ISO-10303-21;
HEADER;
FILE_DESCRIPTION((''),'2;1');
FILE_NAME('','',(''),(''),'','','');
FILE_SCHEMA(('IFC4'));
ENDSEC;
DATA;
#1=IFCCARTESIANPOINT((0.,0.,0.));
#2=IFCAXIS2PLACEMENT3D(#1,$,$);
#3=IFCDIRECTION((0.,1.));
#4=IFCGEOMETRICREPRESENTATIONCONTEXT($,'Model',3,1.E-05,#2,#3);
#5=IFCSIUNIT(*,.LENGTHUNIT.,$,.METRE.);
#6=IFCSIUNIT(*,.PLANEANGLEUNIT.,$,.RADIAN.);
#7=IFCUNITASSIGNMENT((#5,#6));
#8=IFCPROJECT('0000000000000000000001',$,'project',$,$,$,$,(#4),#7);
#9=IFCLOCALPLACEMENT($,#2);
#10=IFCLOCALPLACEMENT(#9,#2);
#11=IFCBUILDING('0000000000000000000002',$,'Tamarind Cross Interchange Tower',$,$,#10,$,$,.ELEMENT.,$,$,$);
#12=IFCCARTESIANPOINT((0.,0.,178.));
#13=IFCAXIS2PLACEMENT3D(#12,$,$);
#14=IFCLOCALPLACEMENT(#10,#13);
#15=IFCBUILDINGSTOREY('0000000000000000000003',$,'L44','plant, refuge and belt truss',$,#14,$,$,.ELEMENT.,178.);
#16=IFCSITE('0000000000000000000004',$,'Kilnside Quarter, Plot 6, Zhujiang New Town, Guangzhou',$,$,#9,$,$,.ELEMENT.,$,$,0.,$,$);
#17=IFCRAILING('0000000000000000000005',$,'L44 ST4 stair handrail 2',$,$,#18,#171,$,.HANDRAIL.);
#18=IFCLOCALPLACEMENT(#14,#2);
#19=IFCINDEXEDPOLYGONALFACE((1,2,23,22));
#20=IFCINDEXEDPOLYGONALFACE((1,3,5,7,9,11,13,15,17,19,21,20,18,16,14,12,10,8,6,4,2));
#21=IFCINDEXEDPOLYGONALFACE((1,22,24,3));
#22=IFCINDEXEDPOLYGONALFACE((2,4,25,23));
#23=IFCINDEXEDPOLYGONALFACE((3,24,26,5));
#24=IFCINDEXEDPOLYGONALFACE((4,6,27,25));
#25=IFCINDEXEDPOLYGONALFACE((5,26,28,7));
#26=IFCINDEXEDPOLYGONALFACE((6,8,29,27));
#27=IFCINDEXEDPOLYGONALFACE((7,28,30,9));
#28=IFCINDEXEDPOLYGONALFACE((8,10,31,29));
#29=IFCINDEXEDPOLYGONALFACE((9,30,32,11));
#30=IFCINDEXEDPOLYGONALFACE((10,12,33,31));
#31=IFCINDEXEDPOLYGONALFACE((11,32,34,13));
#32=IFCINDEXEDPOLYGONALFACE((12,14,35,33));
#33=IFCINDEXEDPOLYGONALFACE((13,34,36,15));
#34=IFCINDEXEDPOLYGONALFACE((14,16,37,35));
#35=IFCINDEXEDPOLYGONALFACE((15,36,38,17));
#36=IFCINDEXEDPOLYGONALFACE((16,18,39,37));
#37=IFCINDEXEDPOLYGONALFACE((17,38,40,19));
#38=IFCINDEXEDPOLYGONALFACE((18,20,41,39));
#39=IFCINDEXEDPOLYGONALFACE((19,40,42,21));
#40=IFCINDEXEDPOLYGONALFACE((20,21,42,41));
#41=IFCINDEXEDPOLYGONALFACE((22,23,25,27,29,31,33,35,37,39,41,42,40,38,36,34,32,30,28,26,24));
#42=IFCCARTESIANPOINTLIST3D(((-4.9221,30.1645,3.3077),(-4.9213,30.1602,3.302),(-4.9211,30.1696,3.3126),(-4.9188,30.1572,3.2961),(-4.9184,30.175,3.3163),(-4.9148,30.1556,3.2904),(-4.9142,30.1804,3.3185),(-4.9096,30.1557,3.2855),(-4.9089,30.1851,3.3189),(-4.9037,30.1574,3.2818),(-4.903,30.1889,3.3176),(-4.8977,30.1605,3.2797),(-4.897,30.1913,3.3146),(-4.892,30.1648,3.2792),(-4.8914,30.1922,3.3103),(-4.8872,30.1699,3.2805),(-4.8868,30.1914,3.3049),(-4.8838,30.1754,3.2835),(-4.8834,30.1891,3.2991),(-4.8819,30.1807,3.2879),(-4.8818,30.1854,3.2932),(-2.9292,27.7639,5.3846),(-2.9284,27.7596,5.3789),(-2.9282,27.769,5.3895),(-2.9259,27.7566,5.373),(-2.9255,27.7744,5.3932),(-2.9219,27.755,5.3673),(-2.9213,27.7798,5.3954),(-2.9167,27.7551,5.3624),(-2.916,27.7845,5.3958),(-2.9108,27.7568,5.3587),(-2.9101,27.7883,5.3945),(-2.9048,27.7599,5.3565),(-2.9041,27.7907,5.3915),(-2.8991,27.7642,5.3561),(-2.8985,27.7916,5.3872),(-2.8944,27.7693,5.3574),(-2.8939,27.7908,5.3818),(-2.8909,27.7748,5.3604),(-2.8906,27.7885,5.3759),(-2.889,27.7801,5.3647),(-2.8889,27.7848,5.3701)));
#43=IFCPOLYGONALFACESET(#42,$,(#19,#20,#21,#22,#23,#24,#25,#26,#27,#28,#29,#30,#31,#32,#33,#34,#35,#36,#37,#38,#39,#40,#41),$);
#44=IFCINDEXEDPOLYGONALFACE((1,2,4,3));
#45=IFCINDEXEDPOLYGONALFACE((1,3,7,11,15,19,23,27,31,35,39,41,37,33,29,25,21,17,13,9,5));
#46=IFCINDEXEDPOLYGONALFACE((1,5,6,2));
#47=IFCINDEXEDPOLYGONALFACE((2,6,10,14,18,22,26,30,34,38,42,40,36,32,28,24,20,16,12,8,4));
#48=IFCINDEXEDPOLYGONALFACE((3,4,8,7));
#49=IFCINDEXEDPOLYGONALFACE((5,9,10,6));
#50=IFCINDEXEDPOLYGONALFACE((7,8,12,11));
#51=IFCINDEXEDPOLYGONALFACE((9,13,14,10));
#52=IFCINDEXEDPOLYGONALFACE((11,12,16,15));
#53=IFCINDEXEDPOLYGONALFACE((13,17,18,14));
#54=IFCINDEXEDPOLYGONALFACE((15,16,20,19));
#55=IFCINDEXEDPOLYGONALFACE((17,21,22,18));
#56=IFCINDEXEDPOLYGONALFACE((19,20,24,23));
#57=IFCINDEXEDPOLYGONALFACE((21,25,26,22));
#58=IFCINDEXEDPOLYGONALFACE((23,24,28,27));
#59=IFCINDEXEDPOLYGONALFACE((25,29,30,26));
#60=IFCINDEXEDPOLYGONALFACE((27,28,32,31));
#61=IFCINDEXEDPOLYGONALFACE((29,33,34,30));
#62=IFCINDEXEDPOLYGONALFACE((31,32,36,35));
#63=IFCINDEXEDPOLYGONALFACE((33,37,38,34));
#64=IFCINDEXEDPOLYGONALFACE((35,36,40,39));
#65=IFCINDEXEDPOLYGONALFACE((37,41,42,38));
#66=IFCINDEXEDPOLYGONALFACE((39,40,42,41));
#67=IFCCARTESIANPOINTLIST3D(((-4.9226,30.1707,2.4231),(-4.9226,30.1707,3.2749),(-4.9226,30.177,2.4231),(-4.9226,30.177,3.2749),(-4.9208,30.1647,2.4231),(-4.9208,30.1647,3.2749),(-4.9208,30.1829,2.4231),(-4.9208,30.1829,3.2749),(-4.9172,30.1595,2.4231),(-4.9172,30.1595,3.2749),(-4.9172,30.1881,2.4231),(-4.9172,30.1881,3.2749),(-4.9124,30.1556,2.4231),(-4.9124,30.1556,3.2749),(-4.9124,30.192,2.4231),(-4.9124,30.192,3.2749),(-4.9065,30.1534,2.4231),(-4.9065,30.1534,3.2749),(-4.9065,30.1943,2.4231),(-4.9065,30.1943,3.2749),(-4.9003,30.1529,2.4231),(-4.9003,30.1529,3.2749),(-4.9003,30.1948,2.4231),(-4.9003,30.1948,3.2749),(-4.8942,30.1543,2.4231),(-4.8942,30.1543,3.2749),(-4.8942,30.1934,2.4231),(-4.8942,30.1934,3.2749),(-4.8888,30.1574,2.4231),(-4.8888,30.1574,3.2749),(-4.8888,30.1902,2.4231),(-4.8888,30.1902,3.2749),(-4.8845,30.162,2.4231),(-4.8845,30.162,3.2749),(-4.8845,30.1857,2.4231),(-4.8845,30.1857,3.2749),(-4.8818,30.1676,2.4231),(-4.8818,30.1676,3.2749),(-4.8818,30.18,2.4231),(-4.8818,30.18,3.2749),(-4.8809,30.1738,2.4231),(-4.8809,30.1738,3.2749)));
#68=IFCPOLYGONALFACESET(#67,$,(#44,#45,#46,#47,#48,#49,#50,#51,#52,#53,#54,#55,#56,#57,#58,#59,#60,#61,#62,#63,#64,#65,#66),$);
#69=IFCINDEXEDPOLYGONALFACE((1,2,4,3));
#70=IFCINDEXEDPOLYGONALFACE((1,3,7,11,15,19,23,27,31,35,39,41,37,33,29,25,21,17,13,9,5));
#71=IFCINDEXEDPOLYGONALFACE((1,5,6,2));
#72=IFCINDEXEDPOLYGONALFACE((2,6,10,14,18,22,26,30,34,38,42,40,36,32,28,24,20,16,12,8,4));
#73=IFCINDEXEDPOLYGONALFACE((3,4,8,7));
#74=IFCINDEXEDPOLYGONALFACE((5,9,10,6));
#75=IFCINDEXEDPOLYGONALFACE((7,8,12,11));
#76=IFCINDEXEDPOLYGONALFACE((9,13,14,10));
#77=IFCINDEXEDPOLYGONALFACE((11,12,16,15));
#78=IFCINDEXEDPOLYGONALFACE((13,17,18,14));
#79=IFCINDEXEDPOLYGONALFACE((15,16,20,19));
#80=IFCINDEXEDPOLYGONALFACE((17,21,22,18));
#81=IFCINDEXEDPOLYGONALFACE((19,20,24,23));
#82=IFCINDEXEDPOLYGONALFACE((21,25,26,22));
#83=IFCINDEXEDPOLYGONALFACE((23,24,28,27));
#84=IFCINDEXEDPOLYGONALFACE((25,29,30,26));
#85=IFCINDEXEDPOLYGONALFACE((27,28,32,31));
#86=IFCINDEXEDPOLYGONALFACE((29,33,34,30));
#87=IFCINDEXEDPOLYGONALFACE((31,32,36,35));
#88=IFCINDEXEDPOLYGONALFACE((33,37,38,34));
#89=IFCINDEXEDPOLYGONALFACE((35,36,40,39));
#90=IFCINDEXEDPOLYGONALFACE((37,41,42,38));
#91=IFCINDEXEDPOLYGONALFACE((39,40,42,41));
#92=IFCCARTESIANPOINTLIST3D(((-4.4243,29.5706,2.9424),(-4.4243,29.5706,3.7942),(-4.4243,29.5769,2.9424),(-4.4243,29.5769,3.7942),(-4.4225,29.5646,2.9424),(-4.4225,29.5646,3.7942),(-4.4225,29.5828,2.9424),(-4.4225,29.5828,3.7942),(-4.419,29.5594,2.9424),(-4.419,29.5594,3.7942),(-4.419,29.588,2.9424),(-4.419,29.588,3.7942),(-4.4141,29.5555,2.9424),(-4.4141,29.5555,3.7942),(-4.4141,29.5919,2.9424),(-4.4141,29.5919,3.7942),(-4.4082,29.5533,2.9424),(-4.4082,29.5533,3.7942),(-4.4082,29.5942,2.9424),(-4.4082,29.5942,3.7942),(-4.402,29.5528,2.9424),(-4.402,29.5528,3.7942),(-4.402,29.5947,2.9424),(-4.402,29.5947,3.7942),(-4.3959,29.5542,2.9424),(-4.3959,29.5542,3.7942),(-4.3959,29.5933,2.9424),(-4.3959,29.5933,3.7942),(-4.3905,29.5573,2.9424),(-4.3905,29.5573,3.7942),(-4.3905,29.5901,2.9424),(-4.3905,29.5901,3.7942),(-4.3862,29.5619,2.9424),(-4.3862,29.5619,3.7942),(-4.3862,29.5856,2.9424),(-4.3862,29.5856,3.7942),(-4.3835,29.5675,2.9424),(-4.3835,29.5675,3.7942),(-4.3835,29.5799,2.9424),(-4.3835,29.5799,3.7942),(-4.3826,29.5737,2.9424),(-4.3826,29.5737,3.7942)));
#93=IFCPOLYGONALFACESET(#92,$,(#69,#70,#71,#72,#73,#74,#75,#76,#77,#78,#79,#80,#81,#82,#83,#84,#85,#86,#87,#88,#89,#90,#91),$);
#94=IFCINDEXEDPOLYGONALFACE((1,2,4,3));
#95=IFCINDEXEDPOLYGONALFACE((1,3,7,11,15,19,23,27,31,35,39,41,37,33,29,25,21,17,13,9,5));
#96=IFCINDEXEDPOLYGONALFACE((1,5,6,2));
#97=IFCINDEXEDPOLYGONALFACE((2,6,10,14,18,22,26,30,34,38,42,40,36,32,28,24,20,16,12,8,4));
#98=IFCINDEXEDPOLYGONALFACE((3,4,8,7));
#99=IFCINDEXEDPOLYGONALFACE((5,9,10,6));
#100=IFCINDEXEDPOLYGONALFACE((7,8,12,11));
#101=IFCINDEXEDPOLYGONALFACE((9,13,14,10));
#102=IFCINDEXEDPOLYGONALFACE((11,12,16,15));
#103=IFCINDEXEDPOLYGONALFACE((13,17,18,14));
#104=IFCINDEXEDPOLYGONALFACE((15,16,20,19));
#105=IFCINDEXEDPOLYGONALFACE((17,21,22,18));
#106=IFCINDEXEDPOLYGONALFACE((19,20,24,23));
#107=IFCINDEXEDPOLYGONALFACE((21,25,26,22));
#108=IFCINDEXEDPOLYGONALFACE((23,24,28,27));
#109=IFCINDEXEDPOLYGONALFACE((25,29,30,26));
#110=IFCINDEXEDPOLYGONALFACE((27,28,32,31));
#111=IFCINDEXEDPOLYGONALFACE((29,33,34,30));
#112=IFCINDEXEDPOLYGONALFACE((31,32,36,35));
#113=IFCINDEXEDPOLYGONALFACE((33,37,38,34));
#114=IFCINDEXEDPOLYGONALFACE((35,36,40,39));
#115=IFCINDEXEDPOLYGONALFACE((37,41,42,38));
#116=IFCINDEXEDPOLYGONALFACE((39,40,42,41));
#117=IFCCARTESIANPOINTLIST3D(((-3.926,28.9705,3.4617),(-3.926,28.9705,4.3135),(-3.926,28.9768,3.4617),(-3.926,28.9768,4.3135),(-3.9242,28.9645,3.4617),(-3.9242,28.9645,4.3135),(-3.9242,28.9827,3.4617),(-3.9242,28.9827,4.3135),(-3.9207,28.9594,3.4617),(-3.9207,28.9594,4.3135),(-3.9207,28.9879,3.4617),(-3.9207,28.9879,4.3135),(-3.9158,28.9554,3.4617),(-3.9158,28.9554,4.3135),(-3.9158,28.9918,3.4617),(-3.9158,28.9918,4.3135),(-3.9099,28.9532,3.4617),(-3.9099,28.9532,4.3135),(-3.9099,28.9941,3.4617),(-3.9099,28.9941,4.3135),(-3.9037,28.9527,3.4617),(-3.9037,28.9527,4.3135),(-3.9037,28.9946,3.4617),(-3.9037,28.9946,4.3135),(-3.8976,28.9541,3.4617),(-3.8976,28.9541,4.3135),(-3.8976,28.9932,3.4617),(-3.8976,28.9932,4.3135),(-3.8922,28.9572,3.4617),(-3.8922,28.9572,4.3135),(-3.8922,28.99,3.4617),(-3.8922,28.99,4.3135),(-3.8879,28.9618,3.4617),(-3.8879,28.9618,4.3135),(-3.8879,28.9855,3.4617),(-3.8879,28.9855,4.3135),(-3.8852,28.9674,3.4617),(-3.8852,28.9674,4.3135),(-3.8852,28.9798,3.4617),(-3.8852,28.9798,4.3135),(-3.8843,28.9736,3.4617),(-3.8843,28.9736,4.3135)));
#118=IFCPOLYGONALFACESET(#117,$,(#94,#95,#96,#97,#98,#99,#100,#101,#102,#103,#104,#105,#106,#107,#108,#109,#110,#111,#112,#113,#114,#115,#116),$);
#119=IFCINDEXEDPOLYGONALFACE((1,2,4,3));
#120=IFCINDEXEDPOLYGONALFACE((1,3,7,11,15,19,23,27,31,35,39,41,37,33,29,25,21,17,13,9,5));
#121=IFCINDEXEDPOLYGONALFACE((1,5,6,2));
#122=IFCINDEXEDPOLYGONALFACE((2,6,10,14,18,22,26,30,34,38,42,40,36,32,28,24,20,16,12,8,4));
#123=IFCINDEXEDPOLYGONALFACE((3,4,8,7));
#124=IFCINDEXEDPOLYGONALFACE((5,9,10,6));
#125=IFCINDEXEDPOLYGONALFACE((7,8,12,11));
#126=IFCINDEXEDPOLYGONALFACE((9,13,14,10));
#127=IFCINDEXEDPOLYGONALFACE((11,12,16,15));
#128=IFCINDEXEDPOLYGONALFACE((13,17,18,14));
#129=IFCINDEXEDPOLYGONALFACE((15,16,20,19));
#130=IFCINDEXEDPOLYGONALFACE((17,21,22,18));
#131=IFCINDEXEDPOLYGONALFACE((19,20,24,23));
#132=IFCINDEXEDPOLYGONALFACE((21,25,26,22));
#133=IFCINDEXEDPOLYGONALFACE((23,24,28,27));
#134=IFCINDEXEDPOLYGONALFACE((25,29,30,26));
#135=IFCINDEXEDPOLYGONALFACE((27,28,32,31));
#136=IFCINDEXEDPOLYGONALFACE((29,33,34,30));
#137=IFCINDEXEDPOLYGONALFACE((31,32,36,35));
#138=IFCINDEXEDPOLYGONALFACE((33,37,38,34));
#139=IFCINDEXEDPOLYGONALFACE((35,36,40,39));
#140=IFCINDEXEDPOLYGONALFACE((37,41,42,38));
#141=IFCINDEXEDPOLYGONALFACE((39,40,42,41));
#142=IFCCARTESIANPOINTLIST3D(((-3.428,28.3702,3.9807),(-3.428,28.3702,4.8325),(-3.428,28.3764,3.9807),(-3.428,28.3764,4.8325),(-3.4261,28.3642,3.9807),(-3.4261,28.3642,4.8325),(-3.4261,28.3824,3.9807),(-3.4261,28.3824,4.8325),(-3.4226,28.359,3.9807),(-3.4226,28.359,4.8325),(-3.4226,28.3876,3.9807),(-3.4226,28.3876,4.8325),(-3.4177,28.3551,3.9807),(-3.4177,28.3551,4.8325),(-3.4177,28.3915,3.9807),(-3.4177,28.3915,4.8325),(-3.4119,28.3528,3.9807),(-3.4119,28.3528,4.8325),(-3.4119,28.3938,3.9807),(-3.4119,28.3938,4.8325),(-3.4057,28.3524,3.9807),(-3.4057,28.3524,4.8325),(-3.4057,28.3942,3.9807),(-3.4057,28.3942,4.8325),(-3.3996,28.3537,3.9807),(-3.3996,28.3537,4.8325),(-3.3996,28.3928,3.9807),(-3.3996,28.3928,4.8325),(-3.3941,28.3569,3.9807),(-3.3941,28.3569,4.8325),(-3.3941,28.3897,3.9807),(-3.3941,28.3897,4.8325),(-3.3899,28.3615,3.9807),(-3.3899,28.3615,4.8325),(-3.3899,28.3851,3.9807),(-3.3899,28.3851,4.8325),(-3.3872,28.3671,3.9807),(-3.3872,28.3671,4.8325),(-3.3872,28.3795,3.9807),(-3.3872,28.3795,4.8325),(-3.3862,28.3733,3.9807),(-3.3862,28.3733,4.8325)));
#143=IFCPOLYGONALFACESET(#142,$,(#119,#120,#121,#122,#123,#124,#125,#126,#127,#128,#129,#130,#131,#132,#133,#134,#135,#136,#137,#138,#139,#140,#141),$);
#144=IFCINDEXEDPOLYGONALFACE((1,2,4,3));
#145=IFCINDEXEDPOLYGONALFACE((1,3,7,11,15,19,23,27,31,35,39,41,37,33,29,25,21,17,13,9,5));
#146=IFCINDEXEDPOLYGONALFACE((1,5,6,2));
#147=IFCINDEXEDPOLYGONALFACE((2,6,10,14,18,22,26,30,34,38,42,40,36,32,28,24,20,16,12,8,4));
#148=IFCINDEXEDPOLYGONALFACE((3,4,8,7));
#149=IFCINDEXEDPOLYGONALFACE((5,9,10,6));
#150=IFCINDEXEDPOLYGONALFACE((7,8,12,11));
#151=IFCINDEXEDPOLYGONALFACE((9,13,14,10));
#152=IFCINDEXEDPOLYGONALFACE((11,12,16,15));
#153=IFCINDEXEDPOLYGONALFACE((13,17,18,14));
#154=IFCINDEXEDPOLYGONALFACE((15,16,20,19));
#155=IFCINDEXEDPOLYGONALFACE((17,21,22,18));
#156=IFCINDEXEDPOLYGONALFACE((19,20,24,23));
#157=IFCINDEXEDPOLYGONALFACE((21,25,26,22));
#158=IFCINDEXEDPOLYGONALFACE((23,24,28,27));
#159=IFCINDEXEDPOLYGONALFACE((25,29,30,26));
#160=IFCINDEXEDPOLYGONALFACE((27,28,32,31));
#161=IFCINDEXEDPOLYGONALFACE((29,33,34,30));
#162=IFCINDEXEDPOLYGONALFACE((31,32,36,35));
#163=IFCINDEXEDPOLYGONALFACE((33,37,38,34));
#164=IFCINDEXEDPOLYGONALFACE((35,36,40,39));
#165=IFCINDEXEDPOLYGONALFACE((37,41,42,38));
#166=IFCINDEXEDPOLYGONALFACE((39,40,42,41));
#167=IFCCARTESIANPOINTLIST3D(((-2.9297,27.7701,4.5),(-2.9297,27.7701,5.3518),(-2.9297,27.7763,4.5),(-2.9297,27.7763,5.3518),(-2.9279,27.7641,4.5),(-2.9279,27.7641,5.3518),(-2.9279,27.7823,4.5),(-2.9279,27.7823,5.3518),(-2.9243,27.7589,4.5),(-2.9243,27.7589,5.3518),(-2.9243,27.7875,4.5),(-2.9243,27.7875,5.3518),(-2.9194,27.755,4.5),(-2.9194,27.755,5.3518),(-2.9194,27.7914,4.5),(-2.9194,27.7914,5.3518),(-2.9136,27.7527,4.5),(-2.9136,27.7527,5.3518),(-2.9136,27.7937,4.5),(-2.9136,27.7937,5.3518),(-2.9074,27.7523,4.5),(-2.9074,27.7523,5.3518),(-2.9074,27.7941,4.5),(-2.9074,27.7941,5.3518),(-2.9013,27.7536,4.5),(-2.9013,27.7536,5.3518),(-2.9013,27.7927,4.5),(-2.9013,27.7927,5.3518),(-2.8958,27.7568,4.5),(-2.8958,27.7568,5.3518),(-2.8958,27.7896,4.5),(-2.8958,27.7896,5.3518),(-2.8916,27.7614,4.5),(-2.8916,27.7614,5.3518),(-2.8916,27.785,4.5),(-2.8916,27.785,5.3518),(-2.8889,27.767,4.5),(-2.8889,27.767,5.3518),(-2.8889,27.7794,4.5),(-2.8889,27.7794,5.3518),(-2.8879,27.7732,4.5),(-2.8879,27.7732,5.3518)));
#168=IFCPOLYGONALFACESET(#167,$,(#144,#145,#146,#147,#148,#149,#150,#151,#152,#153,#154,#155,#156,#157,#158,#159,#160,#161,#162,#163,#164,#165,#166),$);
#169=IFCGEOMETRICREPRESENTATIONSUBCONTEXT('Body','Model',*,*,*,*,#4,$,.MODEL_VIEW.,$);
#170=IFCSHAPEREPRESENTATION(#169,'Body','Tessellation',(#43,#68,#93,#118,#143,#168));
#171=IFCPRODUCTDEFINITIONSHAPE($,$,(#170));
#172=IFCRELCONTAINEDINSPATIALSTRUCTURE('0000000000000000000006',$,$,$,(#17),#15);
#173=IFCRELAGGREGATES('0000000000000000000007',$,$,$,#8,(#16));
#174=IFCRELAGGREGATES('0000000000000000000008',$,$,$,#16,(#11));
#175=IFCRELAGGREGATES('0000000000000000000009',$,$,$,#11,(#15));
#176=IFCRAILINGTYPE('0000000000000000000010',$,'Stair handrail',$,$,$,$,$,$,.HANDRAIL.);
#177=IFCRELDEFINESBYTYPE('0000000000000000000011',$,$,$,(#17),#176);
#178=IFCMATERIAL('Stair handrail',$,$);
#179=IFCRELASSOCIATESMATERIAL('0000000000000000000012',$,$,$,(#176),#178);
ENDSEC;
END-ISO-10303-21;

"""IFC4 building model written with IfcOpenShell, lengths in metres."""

from ifc_helpers import new_model, si_unit, direction, frame, origin, origin_2d, place, context, subcontext, project, spatial, circle, extrude, material, type_object, element, save


model = new_model("IFC4")

# Units and contexts
model_context = context("Model", 3, precision=1e-05, world=origin(), true_north=direction((0.0, 1.0)))
body_context = subcontext(model_context, "Body", "Model", "MODEL_VIEW")
ifc_project = project(units=[si_unit("LENGTHUNIT", "METRE"), si_unit("PLANEANGLEUNIT", "RADIAN")], contexts=[model_context])

# Site, building, storey
site_placement = place(None, origin())
site = spatial("IfcSite", under=ifc_project, at=site_placement, Name="Kilnside Quarter, Plot 6, Zhujiang New Town, Guangzhou", CompositionType="ELEMENT", RefElevation=0.0)
building_placement = place(site_placement, origin())
building = spatial("IfcBuilding", under=site, at=building_placement, Name="Tamarind Cross Interchange Tower", CompositionType="ELEMENT")
storey_placement = place(building_placement, frame((0.0, 0.0, 178.0)))
storey = spatial("IfcBuildingStorey", under=building, at=storey_placement, Name="L44", Description="plant, refuge and belt truss", CompositionType="ELEMENT", Elevation=178.0)

# Railing
ifc_material_1 = material(Name="Stair handrail")
railing_type = type_object("IfcRailingType", Name="Stair handrail", PredefinedType="HANDRAIL", material=ifc_material_1)
railing_placement = place(storey_placement, frame((-4.9019, 30.1738, 2.4231)))
element("IfcRailing", 1, at=railing_placement, inside=storey, type_object=railing_type, Name="L44 ST4 stair handrail 2", PredefinedType="HANDRAIL", context=body_context, shape_type="SweptSolid", body=[
    extrude(circle(Radius=0.0239, at=origin_2d()), frame((0.0, 0.0, 0.876), z_axis=(0.531714, -0.640493, 0.554121), x_axis=(0.769419, 0.638744, 0.0)), (0.0, 0.0, 1.0), 3.748),
    extrude(circle(Radius=0.021, at=origin_2d()), origin(), (0.0, 0.0, 1.0), 0.8518),
    extrude(circle(Radius=0.021, at=origin_2d()), frame((0.4983, -0.6001, 0.5193)), (0.0, 0.0, 1.0), 0.8518),
    extrude(circle(Radius=0.021, at=origin_2d()), frame((0.9966, -1.2002, 1.0386)), (0.0, 0.0, 1.0), 0.8518),
    extrude(circle(Radius=0.021, at=origin_2d()), frame((1.4946, -1.8005, 1.5576)), (0.0, 0.0, 1.0), 0.8518),
    extrude(circle(Radius=0.021, at=origin_2d()), frame((1.9929, -2.4006, 2.0769)), (0.0, 0.0, 1.0), 0.8518),
])

save(model, "model.ifc")
